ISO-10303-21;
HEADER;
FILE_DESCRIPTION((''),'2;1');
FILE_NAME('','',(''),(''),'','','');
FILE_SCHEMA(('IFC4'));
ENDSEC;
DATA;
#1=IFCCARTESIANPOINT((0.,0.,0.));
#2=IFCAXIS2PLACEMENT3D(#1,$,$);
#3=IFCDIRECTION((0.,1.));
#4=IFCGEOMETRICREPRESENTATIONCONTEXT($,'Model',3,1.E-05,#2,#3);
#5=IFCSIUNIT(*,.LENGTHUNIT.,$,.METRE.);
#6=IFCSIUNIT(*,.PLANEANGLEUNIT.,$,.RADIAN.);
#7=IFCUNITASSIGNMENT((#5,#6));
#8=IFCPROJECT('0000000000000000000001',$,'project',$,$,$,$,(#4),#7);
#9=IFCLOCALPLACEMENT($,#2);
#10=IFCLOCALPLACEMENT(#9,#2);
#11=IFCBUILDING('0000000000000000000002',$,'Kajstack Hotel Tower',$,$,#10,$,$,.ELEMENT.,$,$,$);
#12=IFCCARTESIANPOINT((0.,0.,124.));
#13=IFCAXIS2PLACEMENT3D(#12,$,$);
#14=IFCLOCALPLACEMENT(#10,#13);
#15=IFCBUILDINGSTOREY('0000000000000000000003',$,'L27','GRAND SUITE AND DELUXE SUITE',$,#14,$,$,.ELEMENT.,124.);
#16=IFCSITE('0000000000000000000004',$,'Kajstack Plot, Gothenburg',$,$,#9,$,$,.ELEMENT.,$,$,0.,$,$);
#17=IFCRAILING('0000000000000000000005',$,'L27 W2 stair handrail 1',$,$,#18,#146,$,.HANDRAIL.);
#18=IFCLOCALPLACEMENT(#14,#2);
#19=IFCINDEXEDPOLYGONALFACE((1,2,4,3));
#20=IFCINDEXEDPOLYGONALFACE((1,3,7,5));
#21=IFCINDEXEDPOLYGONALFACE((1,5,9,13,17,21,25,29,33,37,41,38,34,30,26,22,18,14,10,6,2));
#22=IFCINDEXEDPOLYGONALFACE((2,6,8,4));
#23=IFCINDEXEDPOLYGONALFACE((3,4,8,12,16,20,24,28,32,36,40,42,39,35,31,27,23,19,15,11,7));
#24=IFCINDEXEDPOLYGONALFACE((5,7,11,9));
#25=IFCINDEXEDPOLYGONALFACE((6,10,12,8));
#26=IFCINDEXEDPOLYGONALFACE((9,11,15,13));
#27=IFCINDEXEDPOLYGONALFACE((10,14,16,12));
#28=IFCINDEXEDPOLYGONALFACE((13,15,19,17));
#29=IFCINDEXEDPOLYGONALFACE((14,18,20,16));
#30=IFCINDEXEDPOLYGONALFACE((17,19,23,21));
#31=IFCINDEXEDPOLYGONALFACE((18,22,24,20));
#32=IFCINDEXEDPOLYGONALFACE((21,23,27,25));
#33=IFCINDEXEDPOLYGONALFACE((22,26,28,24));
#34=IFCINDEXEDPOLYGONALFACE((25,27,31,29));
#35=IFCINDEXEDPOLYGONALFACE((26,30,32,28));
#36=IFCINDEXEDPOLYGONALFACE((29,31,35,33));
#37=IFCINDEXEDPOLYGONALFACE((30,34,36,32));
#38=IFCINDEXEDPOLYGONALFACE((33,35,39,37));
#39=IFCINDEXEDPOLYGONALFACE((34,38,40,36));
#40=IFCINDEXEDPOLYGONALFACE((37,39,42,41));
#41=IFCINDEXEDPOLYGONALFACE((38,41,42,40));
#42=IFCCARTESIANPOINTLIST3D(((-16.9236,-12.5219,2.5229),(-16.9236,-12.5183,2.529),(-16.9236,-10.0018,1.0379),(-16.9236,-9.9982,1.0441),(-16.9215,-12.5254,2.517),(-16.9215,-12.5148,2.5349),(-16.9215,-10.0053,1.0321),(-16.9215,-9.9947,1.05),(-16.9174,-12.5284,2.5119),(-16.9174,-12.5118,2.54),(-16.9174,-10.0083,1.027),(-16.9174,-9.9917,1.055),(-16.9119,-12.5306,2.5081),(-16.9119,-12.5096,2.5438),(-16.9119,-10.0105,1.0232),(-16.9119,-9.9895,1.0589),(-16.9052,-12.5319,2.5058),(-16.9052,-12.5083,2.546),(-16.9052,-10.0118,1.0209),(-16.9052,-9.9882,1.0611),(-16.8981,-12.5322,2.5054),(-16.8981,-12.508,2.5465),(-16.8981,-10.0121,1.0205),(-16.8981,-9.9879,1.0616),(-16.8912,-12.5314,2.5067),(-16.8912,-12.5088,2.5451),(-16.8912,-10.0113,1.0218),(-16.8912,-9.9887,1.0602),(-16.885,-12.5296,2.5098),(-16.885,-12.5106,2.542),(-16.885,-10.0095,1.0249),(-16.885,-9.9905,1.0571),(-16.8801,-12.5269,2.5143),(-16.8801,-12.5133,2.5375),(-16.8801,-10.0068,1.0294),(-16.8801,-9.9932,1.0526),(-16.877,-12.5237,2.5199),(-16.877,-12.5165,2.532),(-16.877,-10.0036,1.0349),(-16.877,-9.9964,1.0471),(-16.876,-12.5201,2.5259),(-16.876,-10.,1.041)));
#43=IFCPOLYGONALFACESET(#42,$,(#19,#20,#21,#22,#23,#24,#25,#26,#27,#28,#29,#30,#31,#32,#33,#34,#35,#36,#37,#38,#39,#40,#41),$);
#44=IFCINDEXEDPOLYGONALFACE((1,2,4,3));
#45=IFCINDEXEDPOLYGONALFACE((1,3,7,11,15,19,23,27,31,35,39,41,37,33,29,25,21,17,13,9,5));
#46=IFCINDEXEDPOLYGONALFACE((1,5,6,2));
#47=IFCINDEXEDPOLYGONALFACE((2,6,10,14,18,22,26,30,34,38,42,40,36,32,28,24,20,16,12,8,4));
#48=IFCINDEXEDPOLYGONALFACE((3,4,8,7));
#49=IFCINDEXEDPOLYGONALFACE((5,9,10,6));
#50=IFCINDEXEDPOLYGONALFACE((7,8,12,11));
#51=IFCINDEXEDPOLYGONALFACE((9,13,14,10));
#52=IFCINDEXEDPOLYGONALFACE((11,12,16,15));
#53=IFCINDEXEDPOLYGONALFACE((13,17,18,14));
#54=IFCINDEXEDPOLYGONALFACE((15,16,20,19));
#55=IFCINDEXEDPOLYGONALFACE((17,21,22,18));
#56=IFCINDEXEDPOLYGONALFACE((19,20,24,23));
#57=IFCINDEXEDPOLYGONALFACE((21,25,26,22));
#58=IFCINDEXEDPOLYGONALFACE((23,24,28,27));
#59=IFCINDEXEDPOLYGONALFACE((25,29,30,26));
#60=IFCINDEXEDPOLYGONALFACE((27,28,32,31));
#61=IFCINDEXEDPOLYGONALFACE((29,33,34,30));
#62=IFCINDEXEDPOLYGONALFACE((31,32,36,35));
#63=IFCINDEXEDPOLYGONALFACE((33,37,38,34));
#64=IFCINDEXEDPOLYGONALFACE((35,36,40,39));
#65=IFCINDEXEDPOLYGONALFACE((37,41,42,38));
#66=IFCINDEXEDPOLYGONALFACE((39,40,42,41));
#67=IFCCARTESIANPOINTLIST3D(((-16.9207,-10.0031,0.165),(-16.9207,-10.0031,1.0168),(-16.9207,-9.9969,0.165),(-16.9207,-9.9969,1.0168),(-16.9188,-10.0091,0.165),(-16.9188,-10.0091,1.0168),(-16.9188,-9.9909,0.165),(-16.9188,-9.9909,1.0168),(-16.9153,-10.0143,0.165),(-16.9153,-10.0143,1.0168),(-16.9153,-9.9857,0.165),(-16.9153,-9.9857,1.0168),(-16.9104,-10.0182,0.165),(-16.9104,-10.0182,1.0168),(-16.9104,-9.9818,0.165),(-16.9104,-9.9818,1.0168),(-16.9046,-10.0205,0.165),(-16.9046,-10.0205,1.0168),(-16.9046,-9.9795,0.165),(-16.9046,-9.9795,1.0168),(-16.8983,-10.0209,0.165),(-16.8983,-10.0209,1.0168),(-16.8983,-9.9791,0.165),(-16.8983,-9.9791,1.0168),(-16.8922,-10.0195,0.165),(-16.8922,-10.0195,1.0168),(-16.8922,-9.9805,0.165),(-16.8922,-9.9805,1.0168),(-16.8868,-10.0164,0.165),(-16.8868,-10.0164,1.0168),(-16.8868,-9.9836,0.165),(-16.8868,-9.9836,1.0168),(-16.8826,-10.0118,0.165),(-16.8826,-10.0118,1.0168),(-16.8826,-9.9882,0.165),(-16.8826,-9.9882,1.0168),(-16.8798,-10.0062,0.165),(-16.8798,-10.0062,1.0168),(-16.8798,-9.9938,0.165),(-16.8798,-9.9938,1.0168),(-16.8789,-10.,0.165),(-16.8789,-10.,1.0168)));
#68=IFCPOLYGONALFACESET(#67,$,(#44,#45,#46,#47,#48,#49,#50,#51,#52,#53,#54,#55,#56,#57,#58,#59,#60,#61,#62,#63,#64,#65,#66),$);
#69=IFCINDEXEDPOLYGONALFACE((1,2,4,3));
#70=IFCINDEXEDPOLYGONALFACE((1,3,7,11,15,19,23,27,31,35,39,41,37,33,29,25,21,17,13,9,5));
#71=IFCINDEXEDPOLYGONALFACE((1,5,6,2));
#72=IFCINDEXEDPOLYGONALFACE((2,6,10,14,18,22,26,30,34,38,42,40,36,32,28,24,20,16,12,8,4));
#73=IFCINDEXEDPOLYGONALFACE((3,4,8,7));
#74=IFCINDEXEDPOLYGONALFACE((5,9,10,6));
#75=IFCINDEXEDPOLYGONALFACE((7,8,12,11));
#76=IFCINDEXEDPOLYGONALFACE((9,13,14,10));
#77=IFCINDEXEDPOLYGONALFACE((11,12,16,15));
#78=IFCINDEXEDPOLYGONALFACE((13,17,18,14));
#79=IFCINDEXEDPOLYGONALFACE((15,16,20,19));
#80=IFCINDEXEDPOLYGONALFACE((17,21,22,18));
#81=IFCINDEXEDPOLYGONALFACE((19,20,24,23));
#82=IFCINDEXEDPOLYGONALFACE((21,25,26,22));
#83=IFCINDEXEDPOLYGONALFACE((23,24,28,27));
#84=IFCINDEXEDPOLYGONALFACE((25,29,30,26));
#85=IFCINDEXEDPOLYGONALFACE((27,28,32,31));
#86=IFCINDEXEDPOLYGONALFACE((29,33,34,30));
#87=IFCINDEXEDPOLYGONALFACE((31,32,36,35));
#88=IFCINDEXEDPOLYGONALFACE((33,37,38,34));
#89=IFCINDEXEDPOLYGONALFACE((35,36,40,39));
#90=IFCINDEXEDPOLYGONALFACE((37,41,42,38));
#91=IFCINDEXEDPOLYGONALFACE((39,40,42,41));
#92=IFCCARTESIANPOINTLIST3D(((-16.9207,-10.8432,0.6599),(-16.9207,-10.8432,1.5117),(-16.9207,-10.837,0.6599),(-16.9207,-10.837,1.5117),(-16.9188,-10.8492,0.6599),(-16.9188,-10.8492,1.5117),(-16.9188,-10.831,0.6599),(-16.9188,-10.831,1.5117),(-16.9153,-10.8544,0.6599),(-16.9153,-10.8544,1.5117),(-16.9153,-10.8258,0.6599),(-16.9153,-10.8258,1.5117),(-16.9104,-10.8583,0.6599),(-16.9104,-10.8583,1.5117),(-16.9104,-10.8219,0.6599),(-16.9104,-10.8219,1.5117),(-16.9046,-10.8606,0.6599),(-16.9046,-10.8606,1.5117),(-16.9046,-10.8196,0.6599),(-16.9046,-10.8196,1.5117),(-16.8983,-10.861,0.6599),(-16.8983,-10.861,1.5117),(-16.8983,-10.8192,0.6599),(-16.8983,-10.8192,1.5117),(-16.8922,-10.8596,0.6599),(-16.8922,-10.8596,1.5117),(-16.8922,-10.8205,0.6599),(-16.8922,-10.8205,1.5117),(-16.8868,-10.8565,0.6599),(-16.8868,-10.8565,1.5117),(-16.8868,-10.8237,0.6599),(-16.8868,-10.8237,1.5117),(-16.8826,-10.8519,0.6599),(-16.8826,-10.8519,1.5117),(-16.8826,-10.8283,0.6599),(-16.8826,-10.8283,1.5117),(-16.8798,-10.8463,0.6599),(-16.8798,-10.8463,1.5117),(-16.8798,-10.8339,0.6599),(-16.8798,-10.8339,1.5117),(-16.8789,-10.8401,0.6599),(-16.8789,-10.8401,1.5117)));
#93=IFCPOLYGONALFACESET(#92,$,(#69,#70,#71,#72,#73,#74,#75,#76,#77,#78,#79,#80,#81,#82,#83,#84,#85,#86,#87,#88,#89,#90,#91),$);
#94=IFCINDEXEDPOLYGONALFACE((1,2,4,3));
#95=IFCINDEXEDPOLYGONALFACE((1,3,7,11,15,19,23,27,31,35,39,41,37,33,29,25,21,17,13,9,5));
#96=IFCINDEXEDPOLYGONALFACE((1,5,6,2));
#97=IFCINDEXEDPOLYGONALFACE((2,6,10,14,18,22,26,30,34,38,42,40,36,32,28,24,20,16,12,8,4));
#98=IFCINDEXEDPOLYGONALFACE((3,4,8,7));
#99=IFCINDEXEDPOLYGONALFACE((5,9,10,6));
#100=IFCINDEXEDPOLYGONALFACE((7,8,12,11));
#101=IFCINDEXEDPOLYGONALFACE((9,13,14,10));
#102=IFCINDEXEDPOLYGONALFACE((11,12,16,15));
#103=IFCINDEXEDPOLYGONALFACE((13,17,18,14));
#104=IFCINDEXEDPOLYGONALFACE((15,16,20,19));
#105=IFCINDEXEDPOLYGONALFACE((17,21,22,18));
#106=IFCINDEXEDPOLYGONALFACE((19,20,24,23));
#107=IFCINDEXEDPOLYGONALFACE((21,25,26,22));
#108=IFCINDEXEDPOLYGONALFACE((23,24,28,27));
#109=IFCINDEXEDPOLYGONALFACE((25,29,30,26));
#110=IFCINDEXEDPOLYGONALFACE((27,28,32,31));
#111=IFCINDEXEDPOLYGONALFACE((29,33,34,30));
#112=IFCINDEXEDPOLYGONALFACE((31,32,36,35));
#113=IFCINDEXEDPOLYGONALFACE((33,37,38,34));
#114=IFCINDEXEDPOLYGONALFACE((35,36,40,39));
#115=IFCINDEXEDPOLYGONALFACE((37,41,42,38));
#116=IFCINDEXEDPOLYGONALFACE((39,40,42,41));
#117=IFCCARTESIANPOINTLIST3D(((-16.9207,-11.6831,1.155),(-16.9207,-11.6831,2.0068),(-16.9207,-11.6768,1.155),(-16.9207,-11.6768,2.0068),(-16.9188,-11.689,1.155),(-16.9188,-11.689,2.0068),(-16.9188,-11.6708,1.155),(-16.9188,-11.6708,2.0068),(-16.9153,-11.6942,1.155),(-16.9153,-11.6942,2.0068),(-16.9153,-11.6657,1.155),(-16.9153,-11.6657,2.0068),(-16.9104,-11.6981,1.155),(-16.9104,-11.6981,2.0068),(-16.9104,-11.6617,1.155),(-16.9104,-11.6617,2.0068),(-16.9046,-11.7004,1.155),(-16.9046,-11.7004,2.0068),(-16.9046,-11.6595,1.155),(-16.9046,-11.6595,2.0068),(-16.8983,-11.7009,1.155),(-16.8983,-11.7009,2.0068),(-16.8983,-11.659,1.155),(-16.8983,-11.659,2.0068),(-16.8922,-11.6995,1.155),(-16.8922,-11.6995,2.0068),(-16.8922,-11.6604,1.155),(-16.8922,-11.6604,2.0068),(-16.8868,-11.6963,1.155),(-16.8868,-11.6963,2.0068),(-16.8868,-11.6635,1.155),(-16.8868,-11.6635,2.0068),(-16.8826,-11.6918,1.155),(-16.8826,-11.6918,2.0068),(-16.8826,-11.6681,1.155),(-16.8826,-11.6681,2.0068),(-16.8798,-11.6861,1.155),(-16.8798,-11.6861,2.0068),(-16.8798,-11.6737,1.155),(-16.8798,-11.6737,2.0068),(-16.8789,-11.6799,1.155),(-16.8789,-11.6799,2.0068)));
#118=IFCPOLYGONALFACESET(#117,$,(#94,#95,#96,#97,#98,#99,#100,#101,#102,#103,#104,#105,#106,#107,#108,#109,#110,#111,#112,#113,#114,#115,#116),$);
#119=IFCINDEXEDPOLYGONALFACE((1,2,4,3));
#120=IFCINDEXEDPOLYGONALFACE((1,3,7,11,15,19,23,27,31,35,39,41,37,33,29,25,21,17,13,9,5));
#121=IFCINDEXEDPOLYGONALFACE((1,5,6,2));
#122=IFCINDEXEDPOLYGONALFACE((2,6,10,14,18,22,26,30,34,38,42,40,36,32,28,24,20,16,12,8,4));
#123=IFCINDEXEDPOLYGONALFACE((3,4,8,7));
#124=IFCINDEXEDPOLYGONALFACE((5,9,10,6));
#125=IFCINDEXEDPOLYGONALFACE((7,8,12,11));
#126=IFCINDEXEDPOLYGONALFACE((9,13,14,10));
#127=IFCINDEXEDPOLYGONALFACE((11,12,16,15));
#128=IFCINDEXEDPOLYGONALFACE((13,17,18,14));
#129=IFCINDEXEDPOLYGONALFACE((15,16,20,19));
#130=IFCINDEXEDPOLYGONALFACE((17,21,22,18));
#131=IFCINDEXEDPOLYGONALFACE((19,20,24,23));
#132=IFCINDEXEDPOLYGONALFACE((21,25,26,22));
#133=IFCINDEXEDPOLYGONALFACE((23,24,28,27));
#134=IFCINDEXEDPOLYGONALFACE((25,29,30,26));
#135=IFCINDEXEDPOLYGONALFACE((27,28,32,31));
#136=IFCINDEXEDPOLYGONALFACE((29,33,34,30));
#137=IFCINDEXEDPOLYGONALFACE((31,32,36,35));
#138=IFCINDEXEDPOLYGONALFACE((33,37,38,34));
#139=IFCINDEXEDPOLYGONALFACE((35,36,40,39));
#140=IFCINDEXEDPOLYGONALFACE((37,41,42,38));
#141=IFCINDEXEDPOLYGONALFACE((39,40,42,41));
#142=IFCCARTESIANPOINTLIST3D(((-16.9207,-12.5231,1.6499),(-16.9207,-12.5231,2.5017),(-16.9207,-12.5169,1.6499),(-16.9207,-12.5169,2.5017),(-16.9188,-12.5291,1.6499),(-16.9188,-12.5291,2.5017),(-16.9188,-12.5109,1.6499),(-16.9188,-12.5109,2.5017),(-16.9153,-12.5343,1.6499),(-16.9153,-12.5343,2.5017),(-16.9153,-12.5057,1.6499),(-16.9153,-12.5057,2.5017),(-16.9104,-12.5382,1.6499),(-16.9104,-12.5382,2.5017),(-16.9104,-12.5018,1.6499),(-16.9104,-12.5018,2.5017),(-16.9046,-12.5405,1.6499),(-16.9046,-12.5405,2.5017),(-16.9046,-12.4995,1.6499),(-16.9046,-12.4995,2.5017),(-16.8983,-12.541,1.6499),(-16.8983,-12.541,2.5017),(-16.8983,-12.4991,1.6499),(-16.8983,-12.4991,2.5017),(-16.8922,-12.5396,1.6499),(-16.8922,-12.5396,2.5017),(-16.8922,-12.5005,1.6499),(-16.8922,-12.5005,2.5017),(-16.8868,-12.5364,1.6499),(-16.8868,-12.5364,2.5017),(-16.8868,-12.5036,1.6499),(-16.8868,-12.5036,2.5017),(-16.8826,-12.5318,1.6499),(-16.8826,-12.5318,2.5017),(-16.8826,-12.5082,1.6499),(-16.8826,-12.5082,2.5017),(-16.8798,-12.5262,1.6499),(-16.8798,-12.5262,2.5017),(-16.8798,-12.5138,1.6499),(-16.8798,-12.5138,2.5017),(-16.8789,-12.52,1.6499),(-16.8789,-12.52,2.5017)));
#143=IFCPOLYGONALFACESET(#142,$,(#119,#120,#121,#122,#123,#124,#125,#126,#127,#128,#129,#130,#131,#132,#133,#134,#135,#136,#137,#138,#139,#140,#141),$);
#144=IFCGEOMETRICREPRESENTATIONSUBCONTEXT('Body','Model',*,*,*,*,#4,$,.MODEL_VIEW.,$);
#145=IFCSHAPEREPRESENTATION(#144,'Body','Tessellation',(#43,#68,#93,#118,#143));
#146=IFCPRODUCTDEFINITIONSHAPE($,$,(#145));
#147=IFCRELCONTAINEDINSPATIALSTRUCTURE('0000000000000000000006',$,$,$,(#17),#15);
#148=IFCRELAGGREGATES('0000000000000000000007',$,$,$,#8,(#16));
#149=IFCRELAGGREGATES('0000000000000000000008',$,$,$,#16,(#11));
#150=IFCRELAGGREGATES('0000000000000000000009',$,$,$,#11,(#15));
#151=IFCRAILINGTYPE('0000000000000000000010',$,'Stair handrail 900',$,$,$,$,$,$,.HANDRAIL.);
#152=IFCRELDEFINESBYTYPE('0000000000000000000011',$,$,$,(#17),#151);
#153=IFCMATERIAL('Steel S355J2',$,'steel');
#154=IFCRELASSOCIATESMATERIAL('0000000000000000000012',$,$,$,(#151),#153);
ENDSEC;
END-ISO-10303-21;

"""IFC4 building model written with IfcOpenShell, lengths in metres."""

from ifc_helpers import new_model, si_unit, direction, frame, origin, origin_2d, place, context, subcontext, project, spatial, circle, extrude, material, type_object, element, save


model = new_model("IFC4")

# Units and contexts
model_context = context("Model", 3, precision=1e-05, world=origin(), true_north=direction((0.0, 1.0)))
body_context = subcontext(model_context, "Body", "Model", "MODEL_VIEW")
ifc_project = project(units=[si_unit("LENGTHUNIT", "METRE"), si_unit("PLANEANGLEUNIT", "RADIAN")], contexts=[model_context])

# Site, building, storey
site_placement = place(None, origin())
site = spatial("IfcSite", under=ifc_project, at=site_placement, Name="Kajstack Plot, Gothenburg", CompositionType="ELEMENT", RefElevation=0.0)
building_placement = place(site_placement, origin())
building = spatial("IfcBuilding", under=site, at=building_placement, Name="Kajstack Hotel Tower", CompositionType="ELEMENT")
storey_placement = place(building_placement, frame((0.0, 0.0, 124.0)))
storey = spatial("IfcBuildingStorey", under=building, at=storey_placement, Name="L27", Description="GRAND SUITE AND DELUXE SUITE", CompositionType="ELEMENT", Elevation=124.0)

# Railing
ifc_material_1 = material(Name="Steel S355J2", Category="steel")
railing_type_1 = type_object("IfcRailingType", Name="Stair handrail 900", PredefinedType="HANDRAIL", material=ifc_material_1)
railing_1_placement = place(storey_placement, frame((-16.8999, -10.0, 0.165)))
element("IfcRailing", 1, at=railing_1_placement, inside=storey, type_object=railing_type_1, Name="L27 W2 stair handrail 1", PredefinedType="HANDRAIL", context=body_context, shape_type="SweptSolid", body=[
    extrude(circle(Radius=0.0239, at=origin_2d()), frame((0.0, 0.0, 0.876), z_axis=(0.0, -0.861561, 0.507655), x_axis=(1.0, 0.0, 0.0)), (0.0, 0.0, 1.0), 2.925),
    extrude(circle(Radius=0.021, at=origin_2d()), origin(), (0.0, 0.0, 1.0), 0.8518),
    extrude(circle(Radius=0.021, at=origin_2d()), frame((0.0, -0.8401, 0.4949)), (0.0, 0.0, 1.0), 0.8518),
    extrude(circle(Radius=0.021, at=origin_2d()), frame((0.0, -1.6799, 0.99)), (0.0, 0.0, 1.0), 0.8518),
    extrude(circle(Radius=0.021, at=origin_2d()), frame((0.0, -2.52, 1.4849)), (0.0, 0.0, 1.0), 0.8518),
])

save(model, "model.ifc")
